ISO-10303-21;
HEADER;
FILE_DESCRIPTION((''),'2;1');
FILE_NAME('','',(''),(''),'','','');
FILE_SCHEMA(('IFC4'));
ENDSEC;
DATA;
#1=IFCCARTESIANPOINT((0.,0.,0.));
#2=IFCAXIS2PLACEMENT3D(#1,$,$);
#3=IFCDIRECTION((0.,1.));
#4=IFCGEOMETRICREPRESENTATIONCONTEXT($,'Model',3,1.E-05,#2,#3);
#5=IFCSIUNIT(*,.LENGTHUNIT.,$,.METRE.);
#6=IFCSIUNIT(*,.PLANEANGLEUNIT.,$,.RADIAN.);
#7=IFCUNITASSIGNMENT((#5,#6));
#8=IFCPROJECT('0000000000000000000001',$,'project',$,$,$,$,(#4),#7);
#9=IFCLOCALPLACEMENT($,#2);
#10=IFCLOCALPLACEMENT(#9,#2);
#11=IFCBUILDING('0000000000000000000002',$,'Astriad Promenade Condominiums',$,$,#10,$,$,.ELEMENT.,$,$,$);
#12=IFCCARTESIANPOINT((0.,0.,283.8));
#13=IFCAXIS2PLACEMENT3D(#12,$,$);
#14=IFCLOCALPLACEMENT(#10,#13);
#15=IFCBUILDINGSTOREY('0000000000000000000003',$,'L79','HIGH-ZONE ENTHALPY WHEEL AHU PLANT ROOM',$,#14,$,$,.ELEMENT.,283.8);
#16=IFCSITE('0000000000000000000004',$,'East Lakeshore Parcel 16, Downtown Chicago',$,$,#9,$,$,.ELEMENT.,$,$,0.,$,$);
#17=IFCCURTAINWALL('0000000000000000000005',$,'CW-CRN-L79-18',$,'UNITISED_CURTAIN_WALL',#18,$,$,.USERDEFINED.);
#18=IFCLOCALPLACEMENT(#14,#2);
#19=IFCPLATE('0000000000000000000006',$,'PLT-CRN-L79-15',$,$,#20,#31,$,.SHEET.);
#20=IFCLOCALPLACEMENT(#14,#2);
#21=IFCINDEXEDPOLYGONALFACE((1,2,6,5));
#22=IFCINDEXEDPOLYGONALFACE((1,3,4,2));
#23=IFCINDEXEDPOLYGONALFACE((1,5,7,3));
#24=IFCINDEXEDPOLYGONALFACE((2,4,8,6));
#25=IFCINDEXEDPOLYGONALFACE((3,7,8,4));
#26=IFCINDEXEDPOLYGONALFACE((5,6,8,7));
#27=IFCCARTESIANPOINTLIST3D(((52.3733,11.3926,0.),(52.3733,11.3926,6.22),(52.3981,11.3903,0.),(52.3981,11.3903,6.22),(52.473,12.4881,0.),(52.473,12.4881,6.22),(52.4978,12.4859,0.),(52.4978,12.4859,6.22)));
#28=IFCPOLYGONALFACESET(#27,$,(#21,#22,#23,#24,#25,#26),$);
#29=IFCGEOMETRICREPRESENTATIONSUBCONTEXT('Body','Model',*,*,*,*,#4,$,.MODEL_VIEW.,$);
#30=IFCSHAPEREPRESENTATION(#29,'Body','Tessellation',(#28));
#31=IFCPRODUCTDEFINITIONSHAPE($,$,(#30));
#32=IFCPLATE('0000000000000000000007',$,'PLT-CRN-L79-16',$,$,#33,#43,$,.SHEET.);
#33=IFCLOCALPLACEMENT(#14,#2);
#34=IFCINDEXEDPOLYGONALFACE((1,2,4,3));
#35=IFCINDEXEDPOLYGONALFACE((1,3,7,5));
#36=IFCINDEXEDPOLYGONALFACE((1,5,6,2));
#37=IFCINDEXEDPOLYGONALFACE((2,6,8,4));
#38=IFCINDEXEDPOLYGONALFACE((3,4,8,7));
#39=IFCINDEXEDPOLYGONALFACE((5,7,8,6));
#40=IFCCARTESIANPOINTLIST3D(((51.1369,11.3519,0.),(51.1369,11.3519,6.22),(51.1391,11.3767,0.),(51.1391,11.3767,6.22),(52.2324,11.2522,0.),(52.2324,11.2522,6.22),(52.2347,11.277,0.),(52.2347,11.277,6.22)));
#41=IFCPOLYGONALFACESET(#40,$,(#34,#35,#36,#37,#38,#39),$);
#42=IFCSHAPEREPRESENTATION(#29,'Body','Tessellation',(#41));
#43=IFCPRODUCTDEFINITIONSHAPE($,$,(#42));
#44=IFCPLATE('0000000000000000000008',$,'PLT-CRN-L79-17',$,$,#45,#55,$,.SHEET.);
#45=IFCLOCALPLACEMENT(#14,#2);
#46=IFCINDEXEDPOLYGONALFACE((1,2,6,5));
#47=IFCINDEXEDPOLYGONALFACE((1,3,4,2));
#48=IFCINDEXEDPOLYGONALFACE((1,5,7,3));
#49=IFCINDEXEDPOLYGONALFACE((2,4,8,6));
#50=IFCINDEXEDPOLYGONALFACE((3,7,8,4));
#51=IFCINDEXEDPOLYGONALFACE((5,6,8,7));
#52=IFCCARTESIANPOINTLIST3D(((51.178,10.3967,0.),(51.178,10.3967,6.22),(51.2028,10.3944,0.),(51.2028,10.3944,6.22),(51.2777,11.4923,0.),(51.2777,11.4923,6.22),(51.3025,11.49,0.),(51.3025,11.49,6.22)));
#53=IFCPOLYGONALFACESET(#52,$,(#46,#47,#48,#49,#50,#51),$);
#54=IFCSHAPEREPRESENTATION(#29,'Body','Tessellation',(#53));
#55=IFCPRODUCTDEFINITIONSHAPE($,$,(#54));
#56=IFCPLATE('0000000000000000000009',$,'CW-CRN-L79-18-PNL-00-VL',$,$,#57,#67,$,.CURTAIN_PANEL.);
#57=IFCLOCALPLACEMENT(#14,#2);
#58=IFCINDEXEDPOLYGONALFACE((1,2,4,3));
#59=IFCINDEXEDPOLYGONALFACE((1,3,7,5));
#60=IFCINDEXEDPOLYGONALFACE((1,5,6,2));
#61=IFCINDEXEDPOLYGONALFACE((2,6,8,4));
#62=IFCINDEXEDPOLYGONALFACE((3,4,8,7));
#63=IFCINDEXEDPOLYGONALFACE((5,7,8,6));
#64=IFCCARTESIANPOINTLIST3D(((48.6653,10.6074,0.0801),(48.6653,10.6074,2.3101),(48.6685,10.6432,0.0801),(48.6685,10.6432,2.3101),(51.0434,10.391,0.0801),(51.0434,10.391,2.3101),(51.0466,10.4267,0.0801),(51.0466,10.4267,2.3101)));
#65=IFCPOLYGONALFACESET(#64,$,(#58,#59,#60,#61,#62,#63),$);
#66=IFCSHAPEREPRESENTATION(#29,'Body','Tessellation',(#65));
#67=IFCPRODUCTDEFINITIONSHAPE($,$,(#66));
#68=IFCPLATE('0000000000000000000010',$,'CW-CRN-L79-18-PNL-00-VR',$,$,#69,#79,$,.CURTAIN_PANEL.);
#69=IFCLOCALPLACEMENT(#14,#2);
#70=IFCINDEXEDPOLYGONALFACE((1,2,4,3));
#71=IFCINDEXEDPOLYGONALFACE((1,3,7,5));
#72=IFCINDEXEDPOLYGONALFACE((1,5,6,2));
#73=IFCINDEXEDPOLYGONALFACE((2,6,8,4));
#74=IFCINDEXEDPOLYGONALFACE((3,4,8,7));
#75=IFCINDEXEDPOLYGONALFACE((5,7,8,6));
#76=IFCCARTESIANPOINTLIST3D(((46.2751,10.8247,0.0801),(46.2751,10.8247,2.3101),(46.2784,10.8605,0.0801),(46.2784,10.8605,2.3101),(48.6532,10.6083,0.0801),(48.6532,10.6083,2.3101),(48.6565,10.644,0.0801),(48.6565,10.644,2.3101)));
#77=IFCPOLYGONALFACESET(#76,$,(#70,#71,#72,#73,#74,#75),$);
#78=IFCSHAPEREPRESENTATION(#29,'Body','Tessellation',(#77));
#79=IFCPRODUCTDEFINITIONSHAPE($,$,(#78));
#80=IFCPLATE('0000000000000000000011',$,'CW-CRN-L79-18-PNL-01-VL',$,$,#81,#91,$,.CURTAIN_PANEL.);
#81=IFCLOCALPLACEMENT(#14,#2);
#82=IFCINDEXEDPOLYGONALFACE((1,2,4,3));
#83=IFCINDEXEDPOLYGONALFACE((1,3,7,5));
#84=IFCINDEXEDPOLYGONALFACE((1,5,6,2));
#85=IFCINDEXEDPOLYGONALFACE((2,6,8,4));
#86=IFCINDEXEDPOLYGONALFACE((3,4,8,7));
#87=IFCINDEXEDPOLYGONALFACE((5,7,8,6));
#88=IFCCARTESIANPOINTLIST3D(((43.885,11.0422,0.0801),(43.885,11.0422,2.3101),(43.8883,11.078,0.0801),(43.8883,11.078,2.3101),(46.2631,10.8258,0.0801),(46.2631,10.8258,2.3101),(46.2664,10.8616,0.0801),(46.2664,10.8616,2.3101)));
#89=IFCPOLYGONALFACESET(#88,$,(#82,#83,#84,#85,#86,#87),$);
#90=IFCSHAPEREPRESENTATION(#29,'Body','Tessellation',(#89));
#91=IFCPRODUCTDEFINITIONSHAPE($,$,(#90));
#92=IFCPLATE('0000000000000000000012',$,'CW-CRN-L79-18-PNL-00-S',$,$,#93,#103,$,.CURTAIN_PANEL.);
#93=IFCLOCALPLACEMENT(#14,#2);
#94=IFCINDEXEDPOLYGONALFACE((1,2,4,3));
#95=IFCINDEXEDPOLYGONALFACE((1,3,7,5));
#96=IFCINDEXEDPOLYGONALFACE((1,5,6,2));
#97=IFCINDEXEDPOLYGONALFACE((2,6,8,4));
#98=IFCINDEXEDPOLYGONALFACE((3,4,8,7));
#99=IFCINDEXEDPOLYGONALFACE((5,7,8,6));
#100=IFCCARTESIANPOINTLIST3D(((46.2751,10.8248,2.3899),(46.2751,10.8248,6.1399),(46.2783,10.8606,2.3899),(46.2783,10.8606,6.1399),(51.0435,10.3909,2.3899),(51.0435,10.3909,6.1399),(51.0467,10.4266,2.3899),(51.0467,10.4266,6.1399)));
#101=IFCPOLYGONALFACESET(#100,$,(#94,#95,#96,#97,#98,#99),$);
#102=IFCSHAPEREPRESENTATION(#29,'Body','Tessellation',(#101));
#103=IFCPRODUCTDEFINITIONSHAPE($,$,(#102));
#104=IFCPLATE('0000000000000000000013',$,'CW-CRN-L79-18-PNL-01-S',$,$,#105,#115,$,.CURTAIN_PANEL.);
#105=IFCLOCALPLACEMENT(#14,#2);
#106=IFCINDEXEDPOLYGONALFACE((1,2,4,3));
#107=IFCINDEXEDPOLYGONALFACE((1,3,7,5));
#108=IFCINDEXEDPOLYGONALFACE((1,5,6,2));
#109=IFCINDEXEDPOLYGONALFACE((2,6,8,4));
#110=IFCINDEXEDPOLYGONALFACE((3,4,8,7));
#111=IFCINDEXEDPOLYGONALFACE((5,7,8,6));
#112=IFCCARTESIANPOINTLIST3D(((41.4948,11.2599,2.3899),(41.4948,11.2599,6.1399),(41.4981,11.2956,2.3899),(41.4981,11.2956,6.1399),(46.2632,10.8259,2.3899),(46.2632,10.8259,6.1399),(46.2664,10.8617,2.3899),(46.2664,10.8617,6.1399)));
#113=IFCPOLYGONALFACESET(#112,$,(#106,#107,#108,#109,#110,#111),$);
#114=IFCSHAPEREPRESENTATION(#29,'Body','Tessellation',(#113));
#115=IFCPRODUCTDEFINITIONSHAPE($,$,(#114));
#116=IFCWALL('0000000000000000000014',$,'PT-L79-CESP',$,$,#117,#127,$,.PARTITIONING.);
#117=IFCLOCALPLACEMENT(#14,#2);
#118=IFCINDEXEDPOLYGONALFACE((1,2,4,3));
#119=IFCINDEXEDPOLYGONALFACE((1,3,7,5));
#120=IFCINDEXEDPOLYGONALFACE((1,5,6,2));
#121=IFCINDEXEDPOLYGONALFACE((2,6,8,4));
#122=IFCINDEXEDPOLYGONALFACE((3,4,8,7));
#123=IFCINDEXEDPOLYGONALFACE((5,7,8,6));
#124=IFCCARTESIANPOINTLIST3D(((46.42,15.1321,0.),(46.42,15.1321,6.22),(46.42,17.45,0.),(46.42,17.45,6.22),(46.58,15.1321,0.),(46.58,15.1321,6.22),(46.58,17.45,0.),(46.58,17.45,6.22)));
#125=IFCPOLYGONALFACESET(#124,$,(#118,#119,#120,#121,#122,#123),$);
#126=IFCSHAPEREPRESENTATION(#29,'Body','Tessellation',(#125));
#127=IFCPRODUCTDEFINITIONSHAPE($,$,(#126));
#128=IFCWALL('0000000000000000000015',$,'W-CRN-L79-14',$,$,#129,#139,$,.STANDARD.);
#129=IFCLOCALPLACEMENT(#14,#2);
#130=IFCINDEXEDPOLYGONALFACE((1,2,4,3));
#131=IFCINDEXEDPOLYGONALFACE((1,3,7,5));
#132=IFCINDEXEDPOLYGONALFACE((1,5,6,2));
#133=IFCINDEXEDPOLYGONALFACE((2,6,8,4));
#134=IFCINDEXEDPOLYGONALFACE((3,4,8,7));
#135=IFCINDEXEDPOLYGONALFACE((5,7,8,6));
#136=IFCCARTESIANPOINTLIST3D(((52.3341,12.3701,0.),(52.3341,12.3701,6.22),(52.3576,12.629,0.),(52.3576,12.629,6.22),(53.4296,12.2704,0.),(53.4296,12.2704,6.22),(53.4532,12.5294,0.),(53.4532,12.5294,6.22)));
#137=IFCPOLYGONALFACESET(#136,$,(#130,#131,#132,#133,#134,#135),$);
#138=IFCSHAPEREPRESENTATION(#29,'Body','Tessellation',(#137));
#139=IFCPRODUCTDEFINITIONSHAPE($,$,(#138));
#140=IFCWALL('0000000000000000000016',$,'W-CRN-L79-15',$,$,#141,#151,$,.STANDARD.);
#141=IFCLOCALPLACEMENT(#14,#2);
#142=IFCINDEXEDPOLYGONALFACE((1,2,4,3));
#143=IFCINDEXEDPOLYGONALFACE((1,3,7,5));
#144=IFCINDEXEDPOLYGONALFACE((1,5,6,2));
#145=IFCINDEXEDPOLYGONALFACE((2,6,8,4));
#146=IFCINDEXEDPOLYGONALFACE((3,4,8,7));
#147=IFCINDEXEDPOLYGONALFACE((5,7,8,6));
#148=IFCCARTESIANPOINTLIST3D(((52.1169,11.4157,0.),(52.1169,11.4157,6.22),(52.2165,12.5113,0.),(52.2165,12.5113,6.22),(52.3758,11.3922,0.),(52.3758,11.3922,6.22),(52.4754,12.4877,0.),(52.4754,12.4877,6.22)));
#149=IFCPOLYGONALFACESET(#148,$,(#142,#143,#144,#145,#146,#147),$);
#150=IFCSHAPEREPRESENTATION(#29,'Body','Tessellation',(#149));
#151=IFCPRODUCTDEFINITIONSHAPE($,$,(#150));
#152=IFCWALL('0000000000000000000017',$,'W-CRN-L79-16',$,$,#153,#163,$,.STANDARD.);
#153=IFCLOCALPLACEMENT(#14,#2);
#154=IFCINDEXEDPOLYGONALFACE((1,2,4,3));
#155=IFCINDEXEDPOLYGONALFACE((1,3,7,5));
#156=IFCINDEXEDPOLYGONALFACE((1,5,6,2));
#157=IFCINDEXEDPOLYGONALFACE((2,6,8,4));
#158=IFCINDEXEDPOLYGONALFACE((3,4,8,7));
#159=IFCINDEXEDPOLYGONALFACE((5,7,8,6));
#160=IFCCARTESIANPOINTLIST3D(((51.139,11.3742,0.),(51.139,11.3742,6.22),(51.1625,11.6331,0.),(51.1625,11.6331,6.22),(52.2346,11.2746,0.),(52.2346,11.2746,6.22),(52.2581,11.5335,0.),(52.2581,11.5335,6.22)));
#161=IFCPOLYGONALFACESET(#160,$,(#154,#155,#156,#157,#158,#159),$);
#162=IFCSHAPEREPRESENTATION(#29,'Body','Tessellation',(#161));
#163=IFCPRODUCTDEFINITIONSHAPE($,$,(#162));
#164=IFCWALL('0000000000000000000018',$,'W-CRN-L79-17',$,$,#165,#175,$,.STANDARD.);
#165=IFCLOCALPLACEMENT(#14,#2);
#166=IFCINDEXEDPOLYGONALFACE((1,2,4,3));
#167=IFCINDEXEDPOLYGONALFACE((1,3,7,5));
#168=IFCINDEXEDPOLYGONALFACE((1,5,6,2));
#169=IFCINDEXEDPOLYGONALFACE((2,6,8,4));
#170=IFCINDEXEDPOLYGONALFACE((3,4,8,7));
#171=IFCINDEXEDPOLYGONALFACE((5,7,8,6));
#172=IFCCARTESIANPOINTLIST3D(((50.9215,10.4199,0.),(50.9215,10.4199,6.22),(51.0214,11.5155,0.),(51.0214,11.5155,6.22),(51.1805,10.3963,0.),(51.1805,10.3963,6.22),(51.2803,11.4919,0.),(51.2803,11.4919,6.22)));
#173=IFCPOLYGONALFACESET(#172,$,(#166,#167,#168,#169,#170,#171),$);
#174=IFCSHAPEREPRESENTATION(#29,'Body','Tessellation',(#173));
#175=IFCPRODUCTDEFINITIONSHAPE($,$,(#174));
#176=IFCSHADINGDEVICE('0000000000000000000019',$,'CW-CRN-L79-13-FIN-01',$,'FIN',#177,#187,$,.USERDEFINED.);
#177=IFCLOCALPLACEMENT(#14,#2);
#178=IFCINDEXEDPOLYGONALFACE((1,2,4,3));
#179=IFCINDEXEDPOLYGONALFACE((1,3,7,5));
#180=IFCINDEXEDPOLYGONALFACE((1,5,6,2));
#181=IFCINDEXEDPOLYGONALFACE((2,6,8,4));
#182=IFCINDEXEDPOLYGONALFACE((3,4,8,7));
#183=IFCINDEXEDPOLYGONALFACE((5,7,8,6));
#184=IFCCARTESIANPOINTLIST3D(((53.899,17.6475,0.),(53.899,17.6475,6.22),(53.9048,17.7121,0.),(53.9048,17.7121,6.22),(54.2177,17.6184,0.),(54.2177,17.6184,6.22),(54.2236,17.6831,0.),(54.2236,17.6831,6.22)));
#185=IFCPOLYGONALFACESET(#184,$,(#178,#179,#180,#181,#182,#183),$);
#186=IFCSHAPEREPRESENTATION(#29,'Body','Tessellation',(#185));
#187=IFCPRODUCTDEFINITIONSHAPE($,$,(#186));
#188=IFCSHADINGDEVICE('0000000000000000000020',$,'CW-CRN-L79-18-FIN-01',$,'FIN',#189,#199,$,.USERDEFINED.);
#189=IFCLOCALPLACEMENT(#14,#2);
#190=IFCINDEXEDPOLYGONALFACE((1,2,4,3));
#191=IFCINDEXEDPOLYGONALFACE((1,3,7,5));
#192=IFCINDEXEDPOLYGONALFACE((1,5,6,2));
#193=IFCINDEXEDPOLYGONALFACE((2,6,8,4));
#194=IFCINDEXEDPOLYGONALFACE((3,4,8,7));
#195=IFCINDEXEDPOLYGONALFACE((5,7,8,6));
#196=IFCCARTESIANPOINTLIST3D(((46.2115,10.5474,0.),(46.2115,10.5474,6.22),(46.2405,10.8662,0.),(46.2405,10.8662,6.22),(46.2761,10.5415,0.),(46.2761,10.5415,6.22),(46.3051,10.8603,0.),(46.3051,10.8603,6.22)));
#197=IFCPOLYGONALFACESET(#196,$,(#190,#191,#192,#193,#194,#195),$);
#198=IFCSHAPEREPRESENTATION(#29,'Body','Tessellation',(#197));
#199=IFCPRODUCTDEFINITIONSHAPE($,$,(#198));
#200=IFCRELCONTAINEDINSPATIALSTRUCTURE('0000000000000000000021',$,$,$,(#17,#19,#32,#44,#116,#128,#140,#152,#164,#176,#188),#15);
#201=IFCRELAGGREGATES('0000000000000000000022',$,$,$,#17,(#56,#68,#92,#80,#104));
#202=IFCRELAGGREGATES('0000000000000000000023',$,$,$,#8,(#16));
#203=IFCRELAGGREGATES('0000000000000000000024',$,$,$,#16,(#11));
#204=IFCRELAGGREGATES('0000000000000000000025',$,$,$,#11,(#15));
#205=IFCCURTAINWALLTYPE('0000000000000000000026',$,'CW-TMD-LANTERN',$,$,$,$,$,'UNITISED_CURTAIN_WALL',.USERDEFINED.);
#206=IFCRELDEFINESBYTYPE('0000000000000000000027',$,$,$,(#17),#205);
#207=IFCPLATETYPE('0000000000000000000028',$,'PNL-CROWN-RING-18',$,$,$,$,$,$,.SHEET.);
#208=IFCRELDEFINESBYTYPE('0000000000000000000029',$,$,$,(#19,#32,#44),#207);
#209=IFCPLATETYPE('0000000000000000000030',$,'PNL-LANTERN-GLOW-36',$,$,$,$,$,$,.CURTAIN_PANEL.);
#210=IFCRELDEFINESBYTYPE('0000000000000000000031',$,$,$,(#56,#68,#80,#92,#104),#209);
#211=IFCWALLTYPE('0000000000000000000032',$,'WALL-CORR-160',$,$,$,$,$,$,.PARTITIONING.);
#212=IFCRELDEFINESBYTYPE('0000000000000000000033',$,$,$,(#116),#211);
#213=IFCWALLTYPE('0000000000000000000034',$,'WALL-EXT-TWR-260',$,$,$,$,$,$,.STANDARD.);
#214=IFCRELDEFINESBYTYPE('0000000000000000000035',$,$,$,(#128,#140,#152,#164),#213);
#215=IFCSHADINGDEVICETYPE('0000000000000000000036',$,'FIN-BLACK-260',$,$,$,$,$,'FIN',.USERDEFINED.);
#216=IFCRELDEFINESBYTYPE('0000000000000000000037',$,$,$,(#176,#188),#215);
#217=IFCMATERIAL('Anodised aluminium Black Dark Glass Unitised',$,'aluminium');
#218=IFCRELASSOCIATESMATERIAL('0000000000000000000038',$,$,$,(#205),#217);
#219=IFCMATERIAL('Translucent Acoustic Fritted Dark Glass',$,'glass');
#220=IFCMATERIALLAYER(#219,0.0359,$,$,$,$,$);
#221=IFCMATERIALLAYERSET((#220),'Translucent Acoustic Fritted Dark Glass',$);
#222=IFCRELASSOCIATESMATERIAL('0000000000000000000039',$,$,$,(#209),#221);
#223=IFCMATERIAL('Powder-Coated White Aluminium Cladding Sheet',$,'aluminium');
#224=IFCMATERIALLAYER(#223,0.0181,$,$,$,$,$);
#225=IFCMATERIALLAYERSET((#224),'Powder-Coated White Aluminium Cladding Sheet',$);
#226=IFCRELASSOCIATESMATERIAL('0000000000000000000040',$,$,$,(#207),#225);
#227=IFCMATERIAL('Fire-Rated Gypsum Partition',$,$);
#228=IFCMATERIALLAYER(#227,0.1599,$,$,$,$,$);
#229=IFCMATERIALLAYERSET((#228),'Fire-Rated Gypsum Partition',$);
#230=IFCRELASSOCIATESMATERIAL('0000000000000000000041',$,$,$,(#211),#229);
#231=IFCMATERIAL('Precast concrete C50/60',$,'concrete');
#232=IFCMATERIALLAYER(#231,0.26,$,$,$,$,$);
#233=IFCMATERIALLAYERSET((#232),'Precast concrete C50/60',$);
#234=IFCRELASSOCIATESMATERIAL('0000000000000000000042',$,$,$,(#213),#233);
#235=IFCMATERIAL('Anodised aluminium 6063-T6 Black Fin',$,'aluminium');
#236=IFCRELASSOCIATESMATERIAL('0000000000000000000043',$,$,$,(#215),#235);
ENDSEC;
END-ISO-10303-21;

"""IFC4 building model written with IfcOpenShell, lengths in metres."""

from ifc_helpers import new_model, si_unit, direction, frame, frame_2d, origin, origin_2d, place, context, subcontext, project, spatial, rectangle, extrude, source, transform, mapped, material, layer, layer_set, type_object, type_shapes, element, aggregate, save


model = new_model("IFC4")

# Units and contexts
model_context = context("Model", 3, precision=1e-05, world=origin(), true_north=direction((0.0, 1.0)))
body_context = subcontext(model_context, "Body", "Model", "MODEL_VIEW")
ifc_project = project(units=[si_unit("LENGTHUNIT", "METRE"), si_unit("PLANEANGLEUNIT", "RADIAN")], contexts=[model_context])

# Site, building, storey
site_placement = place(None, origin())
site = spatial("IfcSite", under=ifc_project, at=site_placement, Name="East Lakeshore Parcel 16, Downtown Chicago", CompositionType="ELEMENT", RefElevation=0.0)
building_placement = place(site_placement, origin())
building = spatial("IfcBuilding", under=site, at=building_placement, Name="Astriad Promenade Condominiums", CompositionType="ELEMENT")
storey_placement = place(building_placement, frame((0.0, 0.0, 283.8)))
storey = spatial("IfcBuildingStorey", under=building, at=storey_placement, Name="L79", Description="HIGH-ZONE ENTHALPY WHEEL AHU PLANT ROOM", CompositionType="ELEMENT", Elevation=283.8)

# Curtain wall
ifc_material_1 = material(Name="Anodised aluminium Black Dark Glass Unitised", Category="aluminium")
curtain_wall_type = type_object("IfcCurtainWallType", Name="CW-TMD-LANTERN", ElementType="UNITISED_CURTAIN_WALL", PredefinedType="USERDEFINED", material=ifc_material_1)
curtain_wall_1_placement = place(storey_placement, origin())
curtain_wall_1 = element("IfcCurtainWall", 1, at=curtain_wall_1_placement, inside=storey, type_object=curtain_wall_type, Name="CW-CRN-L79-18", ObjectType="UNITISED_CURTAIN_WALL", PredefinedType="USERDEFINED")

# Shared definitions
ifc_material_2 = material(Name="Translucent Acoustic Fritted Dark Glass", Category="glass")
ifc_layer_1 = layer(ifc_material_2, 0.0359)
ifc_layer_set_1 = layer_set([ifc_layer_1], Name="Translucent Acoustic Fritted Dark Glass")
plate_type_1 = type_object("IfcPlateType", Name="PNL-LANTERN-GLOW-36", PredefinedType="CURTAIN_PANEL", material=ifc_layer_set_1)

# Plates
ifc_material_3 = material(Name="Powder-Coated White Aluminium Cladding Sheet", Category="aluminium")
ifc_layer_2 = layer(ifc_material_3, 0.0181)
ifc_layer_set_2 = layer_set([ifc_layer_2], Name="Powder-Coated White Aluminium Cladding Sheet")
plate_type_2 = type_object("IfcPlateType", Name="PNL-CROWN-RING-18", PredefinedType="SHEET", material=ifc_layer_set_2)
shared_shape_1 = source(origin(), body_context, "Body", "SweptSolid", [
    extrude(rectangle(XDim=1.1001, YDim=0.0249, at=origin_2d()), origin(), (0.0, 0.0, 1.0), 6.22),
])
type_shapes(plate_type_2, [shared_shape_1])
for number, where, z_axis, x_axis, name in (
    (2, (52.4355, 11.9392, 0.0), (0.0, 0.0, 1.0), (-0.090633, -0.995884, 0.0), "PLT-CRN-L79-15"),
    (3, (51.6858, 11.3145, 0.0), (0.0, 0.0, 1.0), (-0.995884, 0.090633, 0.0), "PLT-CRN-L79-16"),
    (4, (51.2402, 10.9434, 0.0), (0.0, 0.0, 1.0), (-0.090633, -0.995884, 0.0), "PLT-CRN-L79-17"),
):
    element("IfcPlate", number, at=place(storey_placement, frame(where, z_axis=z_axis, x_axis=x_axis)), inside=storey, type_object=plate_type_2, Name=name, PredefinedType="SHEET", context=body_context, shape_type="MappedRepresentation", body=[
        mapped(shared_shape_1, transform((0.0, 0.0, 0.0), scale=1.0)),
    ])

# Plates
shared_shape_2 = source(origin(), body_context, "Body", "SweptSolid", [
    extrude(rectangle(XDim=2.3879, YDim=0.0359, at=origin_2d()), origin(), (0.0, 0.0, 1.0), 2.23),
])
plate_1_placement = place(storey_placement, frame((49.856, 10.5171, 0.0801), z_axis=(0.0, 0.0, 1.0), x_axis=(-0.995884, 0.090633, 0.0)))
plate_1 = element("IfcPlate", 5, at=plate_1_placement, type_object=plate_type_1, Name="CW-CRN-L79-18-PNL-00-VL", PredefinedType="CURTAIN_PANEL", context=body_context, shape_type="MappedRepresentation", body=[
    mapped(shared_shape_2, transform((0.0, 0.0, 0.0), scale=1.0)),
])
plate_2_placement = place(storey_placement, frame((47.4658, 10.7344, 0.0801), z_axis=(0.0, 0.0, 1.0), x_axis=(-0.995884, 0.090633, 0.0)))
plate_2 = element("IfcPlate", 6, at=plate_2_placement, type_object=plate_type_1, Name="CW-CRN-L79-18-PNL-00-VR", PredefinedType="CURTAIN_PANEL", context=body_context, shape_type="MappedRepresentation", body=[
    mapped(shared_shape_2, transform((0.0, 0.0, 0.0), scale=1.0)),
])
plate_3_placement = place(storey_placement, frame((45.0757, 10.9519, 0.0801), z_axis=(0.0, 0.0, 1.0), x_axis=(-0.995884, 0.090633, 0.0)))
plate_3 = element("IfcPlate", 7, at=plate_3_placement, type_object=plate_type_1, Name="CW-CRN-L79-18-PNL-01-VL", PredefinedType="CURTAIN_PANEL", context=body_context, shape_type="MappedRepresentation", body=[
    mapped(shared_shape_2, transform((0.0, 0.0, 0.0), scale=1.0)),
])
shared_shape_3 = source(origin(), body_context, "Body", "SweptSolid", [
    extrude(rectangle(XDim=4.7881, YDim=0.0359, at=origin_2d()), origin(), (0.0, 0.0, 1.0), 3.75),
])
plate_4_placement = place(storey_placement, frame((48.6609, 10.6257, 2.3899), z_axis=(0.0, 0.0, 1.0), x_axis=(-0.995884, 0.090633, 0.0)))
plate_4 = element("IfcPlate", 8, at=plate_4_placement, type_object=plate_type_1, Name="CW-CRN-L79-18-PNL-00-S", PredefinedType="CURTAIN_PANEL", context=body_context, shape_type="MappedRepresentation", body=[
    mapped(shared_shape_3, transform((0.0, 0.0, 0.0), scale=1.0)),
])
plate_5_placement = place(storey_placement, frame((43.8806, 11.0608, 2.3899), z_axis=(0.0, 0.0, 1.0), x_axis=(-0.995884, 0.090633, 0.0)))
plate_5 = element("IfcPlate", 9, at=plate_5_placement, type_object=plate_type_1, Name="CW-CRN-L79-18-PNL-01-S", PredefinedType="CURTAIN_PANEL", context=body_context, shape_type="MappedRepresentation", body=[
    mapped(shared_shape_3, transform((0.0, 0.0, 0.0), scale=1.0)),
])
aggregate(curtain_wall_1, [plate_1, plate_2, plate_4, plate_3, plate_5])

# Walls
ifc_material_4 = material(Name="Fire-Rated Gypsum Partition")
ifc_layer_3 = layer(ifc_material_4, 0.1599)
ifc_layer_set_3 = layer_set([ifc_layer_3], Name="Fire-Rated Gypsum Partition")
wall_type_1 = type_object("IfcWallType", Name="WALL-CORR-160", PredefinedType="PARTITIONING", material=ifc_layer_set_3)
wall_placement = place(storey_placement, frame((46.5, 15.1321, 0.0), z_axis=(0.0, 0.0, 1.0), x_axis=(0.0, 1.0, 0.0)))
element("IfcWall", 10, at=wall_placement, inside=storey, type_object=wall_type_1, Name="PT-L79-CESP", PredefinedType="PARTITIONING", context=body_context, shape_type="SweptSolid", body=[
    extrude(rectangle(XDim=2.3179, YDim=0.1599, at=frame_2d((1.1589, 0.0))), origin(), (0.0, 0.0, 1.0), 6.22),
])
ifc_material_5 = material(Name="Precast concrete C50/60", Category="concrete")
ifc_layer_4 = layer(ifc_material_5, 0.26)
ifc_layer_set_4 = layer_set([ifc_layer_4], Name="Precast concrete C50/60")
wall_type_2 = type_object("IfcWallType", Name="WALL-EXT-TWR-260", PredefinedType="STANDARD", material=ifc_layer_set_4)
for number, where, z_axis, x_axis, name in (
    (11, (53.4414, 12.3999, 0.0), (0.0, 0.0, 1.0), (-0.995891, 0.090556, 0.0), "W-CRN-L79-14"),
    (12, (52.3459, 12.4995, 0.0), (0.0, 0.0, 1.0), (-0.090556, -0.995891, 0.0), "W-CRN-L79-15"),
    (13, (52.2463, 11.4041, 0.0), (0.0, 0.0, 1.0), (-0.995891, 0.090556, 0.0), "W-CRN-L79-16"),
    (14, (51.1509, 11.5037, 0.0), (0.0, 0.0, 1.0), (-0.090776, -0.995871, 0.0), "W-CRN-L79-17"),
):
    element("IfcWall", number, at=place(storey_placement, frame(where, z_axis=z_axis, x_axis=x_axis)), inside=storey, type_object=wall_type_2, Name=name, PredefinedType="STANDARD", context=body_context, shape_type="SweptSolid", body=[
        extrude(rectangle(XDim=1.1001, YDim=0.26, at=frame_2d((0.55, 0.0))), origin(), (0.0, 0.0, 1.0), 6.22),
    ])

# Shading devices
ifc_material_6 = material(Name="Anodised aluminium 6063-T6 Black Fin", Category="aluminium")
shading_device_type_1 = type_object("IfcShadingDeviceType", Name="FIN-BLACK-260", ElementType="FIN", PredefinedType="USERDEFINED", material=ifc_material_6)
shared_shape_4 = source(origin(), body_context, "Body", "SweptSolid", [
    extrude(rectangle(XDim=0.0649, YDim=0.3201, at=origin_2d()), origin(), (0.0, 0.0, 1.0), 6.22),
])
type_shapes(shading_device_type_1, [shared_shape_4])
for number, where, z_axis, x_axis, name in (
    (15, (54.0613, 17.6653, 0.0), (0.0, 0.0, 1.0), (-0.090633, -0.995884, 0.0), "CW-CRN-L79-13-FIN-01"),
    (16, (46.2583, 10.7039, 0.0), (0.0, 0.0, 1.0), (-0.995884, 0.090633, 0.0), "CW-CRN-L79-18-FIN-01"),
):
    element("IfcShadingDevice", number, at=place(storey_placement, frame(where, z_axis=z_axis, x_axis=x_axis)), inside=storey, type_object=shading_device_type_1, Name=name, ObjectType="FIN", PredefinedType="USERDEFINED", context=body_context, shape_type="MappedRepresentation", body=[
        mapped(shared_shape_4, transform((0.0, 0.0, 0.0), scale=1.0)),
    ])

save(model, "model.ifc")
